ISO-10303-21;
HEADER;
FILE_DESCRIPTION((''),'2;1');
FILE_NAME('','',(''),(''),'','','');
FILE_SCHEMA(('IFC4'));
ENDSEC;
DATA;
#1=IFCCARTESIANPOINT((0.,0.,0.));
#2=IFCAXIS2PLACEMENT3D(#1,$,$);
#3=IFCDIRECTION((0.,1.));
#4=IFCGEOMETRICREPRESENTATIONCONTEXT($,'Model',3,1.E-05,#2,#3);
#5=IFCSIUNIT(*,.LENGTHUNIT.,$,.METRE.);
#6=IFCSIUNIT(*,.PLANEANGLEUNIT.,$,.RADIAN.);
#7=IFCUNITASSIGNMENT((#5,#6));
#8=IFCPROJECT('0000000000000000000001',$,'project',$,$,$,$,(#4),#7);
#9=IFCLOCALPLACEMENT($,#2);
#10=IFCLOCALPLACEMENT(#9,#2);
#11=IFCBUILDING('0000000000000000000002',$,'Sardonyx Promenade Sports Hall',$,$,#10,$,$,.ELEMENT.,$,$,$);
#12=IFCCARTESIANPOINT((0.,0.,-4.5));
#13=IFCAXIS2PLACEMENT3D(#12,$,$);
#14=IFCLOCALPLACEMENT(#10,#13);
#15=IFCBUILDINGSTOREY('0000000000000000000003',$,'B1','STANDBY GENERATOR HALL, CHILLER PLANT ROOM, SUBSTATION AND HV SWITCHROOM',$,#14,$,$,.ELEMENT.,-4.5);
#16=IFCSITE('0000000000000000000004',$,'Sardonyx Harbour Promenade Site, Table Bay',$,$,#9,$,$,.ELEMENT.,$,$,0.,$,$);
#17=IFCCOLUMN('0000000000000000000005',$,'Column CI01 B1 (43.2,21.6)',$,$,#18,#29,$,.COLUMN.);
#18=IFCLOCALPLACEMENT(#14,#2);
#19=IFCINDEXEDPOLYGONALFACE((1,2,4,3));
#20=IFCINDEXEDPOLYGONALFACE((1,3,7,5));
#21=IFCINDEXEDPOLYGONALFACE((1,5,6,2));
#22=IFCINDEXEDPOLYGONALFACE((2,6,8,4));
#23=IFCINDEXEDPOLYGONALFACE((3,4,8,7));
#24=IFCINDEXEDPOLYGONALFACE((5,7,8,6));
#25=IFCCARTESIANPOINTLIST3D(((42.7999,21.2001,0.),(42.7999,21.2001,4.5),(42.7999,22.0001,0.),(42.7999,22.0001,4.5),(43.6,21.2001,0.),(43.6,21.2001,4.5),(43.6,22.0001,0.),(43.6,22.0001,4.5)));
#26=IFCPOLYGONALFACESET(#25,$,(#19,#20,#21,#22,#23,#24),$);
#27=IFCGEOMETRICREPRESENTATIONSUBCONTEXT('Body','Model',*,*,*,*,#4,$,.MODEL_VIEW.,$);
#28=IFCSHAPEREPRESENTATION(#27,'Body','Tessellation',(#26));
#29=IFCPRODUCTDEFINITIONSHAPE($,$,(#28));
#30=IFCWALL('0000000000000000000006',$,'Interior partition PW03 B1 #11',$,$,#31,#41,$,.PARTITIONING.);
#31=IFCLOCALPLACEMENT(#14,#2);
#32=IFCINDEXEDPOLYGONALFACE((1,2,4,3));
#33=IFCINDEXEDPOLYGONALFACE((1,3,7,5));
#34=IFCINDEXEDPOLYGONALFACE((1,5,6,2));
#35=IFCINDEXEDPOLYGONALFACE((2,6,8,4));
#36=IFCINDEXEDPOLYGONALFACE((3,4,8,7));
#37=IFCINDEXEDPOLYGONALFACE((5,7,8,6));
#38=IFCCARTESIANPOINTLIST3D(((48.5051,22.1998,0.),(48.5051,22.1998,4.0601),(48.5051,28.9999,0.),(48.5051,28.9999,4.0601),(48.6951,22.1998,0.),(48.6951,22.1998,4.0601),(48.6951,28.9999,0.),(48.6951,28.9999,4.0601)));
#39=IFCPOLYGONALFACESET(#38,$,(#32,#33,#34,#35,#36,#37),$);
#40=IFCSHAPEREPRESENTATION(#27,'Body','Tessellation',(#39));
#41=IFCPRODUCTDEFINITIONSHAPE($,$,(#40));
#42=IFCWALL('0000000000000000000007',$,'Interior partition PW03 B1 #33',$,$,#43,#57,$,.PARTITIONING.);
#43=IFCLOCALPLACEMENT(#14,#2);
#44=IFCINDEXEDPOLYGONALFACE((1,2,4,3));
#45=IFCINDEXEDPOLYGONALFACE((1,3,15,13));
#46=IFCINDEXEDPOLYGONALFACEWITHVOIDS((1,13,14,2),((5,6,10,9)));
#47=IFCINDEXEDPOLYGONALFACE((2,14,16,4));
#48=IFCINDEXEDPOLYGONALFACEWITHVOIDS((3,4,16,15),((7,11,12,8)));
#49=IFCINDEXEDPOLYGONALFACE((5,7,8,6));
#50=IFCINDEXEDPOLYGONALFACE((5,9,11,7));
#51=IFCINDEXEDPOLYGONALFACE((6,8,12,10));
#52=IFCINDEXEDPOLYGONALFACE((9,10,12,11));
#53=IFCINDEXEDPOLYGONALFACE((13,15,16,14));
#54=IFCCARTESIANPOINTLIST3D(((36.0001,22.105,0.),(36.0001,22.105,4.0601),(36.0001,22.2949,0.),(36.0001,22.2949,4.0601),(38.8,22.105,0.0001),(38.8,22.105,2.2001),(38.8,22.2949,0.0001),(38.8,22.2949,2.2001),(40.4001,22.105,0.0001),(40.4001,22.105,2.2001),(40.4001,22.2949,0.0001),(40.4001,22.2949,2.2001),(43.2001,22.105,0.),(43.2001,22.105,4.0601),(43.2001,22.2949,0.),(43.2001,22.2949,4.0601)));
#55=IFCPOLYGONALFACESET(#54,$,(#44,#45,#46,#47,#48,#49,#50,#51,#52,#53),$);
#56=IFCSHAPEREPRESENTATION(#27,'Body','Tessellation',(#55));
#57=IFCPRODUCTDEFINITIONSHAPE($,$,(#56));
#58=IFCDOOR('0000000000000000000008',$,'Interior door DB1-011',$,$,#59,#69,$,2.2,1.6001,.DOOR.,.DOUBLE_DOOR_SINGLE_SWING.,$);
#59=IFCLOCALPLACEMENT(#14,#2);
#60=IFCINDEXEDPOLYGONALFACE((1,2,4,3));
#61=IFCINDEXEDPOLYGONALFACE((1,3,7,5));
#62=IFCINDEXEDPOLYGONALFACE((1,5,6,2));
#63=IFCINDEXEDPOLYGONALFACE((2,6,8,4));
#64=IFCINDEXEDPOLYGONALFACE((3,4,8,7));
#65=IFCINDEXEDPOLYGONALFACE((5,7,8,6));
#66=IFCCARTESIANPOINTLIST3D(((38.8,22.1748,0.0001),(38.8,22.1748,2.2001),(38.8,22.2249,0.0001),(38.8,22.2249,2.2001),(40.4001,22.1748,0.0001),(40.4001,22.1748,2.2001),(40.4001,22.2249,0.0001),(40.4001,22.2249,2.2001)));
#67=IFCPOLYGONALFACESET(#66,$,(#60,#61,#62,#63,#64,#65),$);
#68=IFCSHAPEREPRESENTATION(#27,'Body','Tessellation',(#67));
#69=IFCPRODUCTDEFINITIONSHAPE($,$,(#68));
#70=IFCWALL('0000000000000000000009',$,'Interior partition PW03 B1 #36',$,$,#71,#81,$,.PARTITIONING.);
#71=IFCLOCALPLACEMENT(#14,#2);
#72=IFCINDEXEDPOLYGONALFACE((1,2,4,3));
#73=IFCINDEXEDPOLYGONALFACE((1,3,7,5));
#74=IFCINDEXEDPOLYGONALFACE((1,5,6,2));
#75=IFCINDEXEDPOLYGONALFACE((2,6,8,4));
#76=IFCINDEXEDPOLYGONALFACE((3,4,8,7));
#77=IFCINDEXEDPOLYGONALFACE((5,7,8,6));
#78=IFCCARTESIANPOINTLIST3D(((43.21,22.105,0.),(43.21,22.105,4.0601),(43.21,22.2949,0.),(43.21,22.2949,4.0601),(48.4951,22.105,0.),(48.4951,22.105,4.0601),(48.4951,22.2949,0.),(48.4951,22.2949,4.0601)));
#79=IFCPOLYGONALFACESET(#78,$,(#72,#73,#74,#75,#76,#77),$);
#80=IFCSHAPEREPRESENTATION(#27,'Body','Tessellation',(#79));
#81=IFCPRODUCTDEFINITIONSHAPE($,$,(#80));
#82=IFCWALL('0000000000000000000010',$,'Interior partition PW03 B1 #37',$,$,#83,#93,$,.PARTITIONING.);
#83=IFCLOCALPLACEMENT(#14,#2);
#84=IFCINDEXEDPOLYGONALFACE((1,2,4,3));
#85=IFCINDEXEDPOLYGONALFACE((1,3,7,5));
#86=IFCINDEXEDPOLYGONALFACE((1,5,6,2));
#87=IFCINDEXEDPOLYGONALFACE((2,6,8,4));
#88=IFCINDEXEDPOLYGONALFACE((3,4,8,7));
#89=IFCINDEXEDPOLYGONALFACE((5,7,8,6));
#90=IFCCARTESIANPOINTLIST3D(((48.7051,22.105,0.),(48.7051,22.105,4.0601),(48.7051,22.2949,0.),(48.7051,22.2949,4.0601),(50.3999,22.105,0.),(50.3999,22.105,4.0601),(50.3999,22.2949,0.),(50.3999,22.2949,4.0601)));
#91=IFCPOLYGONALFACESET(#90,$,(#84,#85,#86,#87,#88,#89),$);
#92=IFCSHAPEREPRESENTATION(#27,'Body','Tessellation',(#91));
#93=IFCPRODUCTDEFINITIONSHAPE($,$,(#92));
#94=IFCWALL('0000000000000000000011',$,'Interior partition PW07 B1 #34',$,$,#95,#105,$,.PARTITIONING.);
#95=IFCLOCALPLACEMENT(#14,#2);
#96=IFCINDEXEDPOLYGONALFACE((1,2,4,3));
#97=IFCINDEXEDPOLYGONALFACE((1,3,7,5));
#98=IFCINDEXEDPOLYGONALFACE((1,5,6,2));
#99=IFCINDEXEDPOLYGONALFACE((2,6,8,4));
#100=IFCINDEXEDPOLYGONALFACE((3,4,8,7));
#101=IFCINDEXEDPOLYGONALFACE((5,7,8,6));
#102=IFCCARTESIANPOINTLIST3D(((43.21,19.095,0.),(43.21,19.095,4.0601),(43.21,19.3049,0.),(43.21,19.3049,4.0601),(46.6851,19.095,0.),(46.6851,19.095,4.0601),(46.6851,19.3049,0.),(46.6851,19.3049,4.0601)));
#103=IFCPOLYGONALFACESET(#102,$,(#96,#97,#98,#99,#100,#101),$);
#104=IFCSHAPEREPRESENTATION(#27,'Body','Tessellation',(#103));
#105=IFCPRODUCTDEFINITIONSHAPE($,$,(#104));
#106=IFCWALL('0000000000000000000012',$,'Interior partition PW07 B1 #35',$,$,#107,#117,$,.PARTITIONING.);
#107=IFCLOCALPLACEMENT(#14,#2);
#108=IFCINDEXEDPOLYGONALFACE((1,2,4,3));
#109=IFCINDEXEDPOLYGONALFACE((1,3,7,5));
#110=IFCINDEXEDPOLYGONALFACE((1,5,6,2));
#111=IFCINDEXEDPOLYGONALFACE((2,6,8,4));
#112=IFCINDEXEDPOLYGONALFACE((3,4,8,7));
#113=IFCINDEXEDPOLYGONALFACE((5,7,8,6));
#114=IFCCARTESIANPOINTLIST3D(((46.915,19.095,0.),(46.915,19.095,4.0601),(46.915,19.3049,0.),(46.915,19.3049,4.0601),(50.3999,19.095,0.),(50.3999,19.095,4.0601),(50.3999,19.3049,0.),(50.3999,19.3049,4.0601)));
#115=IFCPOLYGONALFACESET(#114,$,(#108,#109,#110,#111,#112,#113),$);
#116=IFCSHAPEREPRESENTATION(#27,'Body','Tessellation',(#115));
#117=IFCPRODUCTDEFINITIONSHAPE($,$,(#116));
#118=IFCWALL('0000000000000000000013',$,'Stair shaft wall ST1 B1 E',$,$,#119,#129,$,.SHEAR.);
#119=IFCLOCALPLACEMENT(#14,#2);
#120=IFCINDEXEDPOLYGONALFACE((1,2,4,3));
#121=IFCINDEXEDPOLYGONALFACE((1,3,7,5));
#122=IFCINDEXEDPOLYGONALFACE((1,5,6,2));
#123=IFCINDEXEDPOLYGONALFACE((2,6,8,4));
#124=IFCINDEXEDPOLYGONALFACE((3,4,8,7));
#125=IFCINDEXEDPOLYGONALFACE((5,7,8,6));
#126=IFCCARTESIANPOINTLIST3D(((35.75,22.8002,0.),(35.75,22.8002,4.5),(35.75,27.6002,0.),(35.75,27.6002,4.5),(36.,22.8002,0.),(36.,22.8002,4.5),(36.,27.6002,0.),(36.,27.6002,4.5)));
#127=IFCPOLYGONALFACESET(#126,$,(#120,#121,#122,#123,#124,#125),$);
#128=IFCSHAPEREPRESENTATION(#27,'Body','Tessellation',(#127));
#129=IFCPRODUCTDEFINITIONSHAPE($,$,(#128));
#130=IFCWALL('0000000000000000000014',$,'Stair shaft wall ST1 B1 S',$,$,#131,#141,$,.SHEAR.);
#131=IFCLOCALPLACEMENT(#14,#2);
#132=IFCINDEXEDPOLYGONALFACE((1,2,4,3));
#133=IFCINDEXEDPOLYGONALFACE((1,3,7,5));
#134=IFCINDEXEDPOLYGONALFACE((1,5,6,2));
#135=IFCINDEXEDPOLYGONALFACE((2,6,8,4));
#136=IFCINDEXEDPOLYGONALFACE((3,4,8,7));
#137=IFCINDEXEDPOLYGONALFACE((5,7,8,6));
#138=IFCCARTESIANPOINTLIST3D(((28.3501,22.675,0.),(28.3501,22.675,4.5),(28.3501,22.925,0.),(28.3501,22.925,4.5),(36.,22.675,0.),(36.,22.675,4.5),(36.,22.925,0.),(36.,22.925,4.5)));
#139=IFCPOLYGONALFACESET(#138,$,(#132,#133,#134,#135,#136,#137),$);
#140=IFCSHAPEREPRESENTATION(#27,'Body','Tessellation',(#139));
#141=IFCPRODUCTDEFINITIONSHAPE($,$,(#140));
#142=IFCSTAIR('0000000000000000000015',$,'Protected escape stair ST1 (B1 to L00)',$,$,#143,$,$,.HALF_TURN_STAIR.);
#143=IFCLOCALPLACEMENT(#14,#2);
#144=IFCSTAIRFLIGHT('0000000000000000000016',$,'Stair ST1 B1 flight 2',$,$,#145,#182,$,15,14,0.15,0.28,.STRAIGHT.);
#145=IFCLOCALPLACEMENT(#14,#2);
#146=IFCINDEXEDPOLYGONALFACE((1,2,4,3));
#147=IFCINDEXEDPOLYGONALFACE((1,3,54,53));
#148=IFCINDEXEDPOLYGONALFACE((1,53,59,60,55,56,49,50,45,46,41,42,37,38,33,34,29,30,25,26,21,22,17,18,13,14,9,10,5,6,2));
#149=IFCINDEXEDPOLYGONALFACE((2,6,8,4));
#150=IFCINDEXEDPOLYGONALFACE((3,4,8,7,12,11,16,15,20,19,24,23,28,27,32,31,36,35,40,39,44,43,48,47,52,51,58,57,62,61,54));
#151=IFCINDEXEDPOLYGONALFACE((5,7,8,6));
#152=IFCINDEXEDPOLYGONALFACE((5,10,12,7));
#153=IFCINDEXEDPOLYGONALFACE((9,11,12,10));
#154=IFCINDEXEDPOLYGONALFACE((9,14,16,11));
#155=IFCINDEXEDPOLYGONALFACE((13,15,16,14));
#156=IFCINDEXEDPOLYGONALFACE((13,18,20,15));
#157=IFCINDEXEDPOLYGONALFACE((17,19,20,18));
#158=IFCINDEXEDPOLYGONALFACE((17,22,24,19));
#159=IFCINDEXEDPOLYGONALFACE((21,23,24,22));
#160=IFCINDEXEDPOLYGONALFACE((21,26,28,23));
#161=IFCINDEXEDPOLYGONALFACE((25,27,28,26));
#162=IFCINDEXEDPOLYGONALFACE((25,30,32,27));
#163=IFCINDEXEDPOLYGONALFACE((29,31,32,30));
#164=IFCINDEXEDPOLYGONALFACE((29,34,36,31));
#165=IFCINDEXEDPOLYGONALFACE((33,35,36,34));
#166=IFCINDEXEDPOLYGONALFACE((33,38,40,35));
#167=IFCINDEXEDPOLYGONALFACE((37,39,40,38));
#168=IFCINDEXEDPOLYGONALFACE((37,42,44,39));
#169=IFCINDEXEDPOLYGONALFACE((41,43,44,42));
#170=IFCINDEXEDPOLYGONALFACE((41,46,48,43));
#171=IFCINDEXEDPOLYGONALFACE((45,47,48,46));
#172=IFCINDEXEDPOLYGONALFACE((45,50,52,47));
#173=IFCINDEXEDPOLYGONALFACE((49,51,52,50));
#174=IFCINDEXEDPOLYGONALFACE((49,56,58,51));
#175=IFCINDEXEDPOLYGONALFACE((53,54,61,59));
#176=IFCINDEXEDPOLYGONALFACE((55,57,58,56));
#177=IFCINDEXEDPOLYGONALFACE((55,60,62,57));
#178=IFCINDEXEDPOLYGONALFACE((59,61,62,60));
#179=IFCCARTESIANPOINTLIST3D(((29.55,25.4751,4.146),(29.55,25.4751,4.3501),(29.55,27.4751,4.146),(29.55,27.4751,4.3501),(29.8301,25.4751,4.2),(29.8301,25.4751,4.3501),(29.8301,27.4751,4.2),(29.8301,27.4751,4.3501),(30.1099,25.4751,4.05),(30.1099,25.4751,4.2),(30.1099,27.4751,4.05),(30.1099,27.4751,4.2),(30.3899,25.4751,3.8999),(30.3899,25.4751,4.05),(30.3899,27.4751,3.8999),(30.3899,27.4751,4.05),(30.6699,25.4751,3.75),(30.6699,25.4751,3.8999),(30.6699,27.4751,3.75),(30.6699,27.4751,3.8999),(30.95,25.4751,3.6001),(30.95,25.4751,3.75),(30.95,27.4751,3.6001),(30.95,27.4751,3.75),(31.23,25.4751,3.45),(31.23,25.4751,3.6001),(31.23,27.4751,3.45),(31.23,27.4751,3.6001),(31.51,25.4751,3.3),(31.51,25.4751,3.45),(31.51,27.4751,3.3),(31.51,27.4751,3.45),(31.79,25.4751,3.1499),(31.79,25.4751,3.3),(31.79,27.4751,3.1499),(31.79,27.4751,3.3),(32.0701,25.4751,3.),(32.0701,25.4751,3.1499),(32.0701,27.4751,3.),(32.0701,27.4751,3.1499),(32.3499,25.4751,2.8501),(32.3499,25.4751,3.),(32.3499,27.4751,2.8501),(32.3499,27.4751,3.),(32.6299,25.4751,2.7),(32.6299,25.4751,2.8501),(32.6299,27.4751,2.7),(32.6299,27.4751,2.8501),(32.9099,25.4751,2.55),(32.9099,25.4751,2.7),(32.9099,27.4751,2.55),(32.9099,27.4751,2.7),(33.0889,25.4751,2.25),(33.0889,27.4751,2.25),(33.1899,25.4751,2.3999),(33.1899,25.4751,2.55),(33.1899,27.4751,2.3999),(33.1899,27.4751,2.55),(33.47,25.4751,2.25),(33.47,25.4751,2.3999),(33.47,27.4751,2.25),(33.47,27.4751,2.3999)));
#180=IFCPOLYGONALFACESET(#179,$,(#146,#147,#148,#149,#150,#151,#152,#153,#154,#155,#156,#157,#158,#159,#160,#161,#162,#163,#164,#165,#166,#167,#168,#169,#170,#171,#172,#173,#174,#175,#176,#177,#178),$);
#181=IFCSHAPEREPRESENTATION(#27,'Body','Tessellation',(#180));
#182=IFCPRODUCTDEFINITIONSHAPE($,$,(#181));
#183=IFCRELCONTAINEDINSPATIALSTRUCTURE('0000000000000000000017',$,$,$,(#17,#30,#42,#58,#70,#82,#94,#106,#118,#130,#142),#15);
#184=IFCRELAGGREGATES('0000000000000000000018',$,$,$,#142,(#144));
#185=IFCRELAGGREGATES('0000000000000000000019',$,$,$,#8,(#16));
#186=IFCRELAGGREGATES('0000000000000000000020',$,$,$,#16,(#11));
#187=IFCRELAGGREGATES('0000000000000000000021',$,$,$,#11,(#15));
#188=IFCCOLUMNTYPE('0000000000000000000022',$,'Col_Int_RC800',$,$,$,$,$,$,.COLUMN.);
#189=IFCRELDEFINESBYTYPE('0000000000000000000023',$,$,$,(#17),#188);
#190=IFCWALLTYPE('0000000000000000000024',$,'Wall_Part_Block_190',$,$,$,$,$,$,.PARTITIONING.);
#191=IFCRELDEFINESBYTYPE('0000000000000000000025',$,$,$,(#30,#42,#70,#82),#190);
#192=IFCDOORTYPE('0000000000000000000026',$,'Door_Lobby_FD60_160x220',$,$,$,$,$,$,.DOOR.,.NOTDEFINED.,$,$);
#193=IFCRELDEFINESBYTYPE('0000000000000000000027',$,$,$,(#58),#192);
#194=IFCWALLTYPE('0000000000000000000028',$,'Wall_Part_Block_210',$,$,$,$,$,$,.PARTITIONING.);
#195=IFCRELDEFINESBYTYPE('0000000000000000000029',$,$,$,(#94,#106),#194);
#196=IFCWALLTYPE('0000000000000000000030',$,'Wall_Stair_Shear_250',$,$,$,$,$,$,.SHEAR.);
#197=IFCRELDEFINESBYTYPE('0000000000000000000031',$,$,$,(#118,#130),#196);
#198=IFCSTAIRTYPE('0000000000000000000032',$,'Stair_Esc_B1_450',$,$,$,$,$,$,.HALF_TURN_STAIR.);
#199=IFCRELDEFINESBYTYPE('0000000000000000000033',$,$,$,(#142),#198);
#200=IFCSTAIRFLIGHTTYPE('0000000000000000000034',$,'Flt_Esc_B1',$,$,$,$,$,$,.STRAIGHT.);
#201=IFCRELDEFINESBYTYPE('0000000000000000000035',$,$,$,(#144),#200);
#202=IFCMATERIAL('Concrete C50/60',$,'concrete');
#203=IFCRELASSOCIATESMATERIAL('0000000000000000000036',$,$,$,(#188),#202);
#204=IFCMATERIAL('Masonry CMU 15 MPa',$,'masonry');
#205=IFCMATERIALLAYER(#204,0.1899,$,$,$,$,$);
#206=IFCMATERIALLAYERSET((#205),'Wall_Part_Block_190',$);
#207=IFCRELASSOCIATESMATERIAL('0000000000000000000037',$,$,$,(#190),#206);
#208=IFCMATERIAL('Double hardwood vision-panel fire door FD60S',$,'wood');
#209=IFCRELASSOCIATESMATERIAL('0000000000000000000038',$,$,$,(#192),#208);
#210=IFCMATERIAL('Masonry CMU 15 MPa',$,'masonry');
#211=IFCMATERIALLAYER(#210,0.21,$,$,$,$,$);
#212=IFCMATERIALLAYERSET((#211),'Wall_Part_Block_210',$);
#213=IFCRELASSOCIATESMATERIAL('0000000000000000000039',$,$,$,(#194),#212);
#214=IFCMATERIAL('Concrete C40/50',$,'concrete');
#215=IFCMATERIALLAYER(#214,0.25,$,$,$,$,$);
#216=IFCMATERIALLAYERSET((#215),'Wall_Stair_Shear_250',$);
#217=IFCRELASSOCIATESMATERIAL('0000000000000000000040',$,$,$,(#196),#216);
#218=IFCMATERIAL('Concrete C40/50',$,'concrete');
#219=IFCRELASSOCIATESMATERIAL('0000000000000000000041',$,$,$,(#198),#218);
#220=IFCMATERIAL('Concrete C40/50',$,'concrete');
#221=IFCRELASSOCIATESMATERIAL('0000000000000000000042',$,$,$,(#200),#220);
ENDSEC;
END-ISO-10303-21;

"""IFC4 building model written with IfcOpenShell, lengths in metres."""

from ifc_helpers import new_model, si_unit, direction, frame, frame_2d, origin, origin_2d, place, context, subcontext, project, spatial, polyline, rectangle, outline, extrude, material, layer, layer_set, material_profile, profile_set, type_object, element, fill, aggregate, save


model = new_model("IFC4")

# Units and contexts
model_context = context("Model", 3, precision=1e-05, world=origin(), true_north=direction((0.0, 1.0)))
body_context = subcontext(model_context, "Body", "Model", "MODEL_VIEW")
ifc_project = project(units=[si_unit("LENGTHUNIT", "METRE"), si_unit("PLANEANGLEUNIT", "RADIAN")], contexts=[model_context])

# Site, building, storey
site_placement = place(None, origin())
site = spatial("IfcSite", under=ifc_project, at=site_placement, Name="Sardonyx Harbour Promenade Site, Table Bay", CompositionType="ELEMENT", RefElevation=0.0)
building_placement = place(site_placement, origin())
building = spatial("IfcBuilding", under=site, at=building_placement, Name="Sardonyx Promenade Sports Hall", CompositionType="ELEMENT")
storey_placement = place(building_placement, frame((0.0, 0.0, -4.5)))
storey = spatial("IfcBuildingStorey", under=building, at=storey_placement, Name="B1", Description="STANDBY GENERATOR HALL, CHILLER PLANT ROOM, SUBSTATION AND HV SWITCHROOM", CompositionType="ELEMENT", Elevation=-4.5)

# Column
ifc_material_1 = material(Name="Concrete C50/60", Category="concrete")
ifc_material_profile_1 = material_profile(ifc_material_1, rectangle(XDim=0.8, YDim=0.8, at=origin_2d()))
ifc_profile_set_1 = profile_set([ifc_material_profile_1], Name="Concrete C50/60")
column_type = type_object("IfcColumnType", Name="Col_Int_RC800", PredefinedType="COLUMN", material=ifc_profile_set_1)
for number, where, z_axis, x_axis, name in (
    (1, (43.2, 21.6001, 0.0), (0.0, 0.0, 1.0), (1.0, 0.0, 0.0), "Column CI01 B1 (43.2,21.6)"),
):
    element("IfcColumn", number, at=place(storey_placement, frame(where, z_axis=z_axis, x_axis=x_axis)), inside=storey, type_object=column_type, Name=name, PredefinedType="COLUMN", context=body_context, shape_type="SweptSolid", body=[
        extrude(rectangle(XDim=0.8, YDim=0.8, at=origin_2d()), origin(), (0.0, 0.0, 1.0), 4.5),
    ])

# Wall
ifc_material_2 = material(Name="Masonry CMU 15 MPa", Category="masonry")
ifc_layer_1 = layer(ifc_material_2, 0.1899)
ifc_layer_set_1 = layer_set([ifc_layer_1], Name="Wall_Part_Block_190")
wall_type_1 = type_object("IfcWallType", Name="Wall_Part_Block_190", PredefinedType="PARTITIONING", material=ifc_layer_set_1)
wall_1_placement = place(storey_placement, frame((48.6001, 22.2, 0.0), z_axis=(0.0, 0.0, 1.0), x_axis=(0.0, 1.0, 0.0)))
element("IfcWall", 2, at=wall_1_placement, inside=storey, type_object=wall_type_1, Name="Interior partition PW03 B1 #11", PredefinedType="PARTITIONING", context=body_context, shape_type="SweptSolid", body=[
    extrude(rectangle(XDim=6.8, YDim=0.1899, at=frame_2d((3.3999, 0.0))), origin(), (0.0, 0.0, 1.0), 4.0601),
])

# Wall, opening, door
wall_2_placement = place(storey_placement, frame((36.0, 22.2, 0.0), z_axis=(0.0, 0.0, 1.0), x_axis=(1.0, 0.0, 0.0)))
wall_2 = element("IfcWall", 3, at=wall_2_placement, inside=storey, type_object=wall_type_1, Name="Interior partition PW03 B1 #33", PredefinedType="PARTITIONING", context=body_context, shape_type="SweptSolid", body=[
    extrude(rectangle(XDim=7.2, YDim=0.1899, at=frame_2d((3.6001, 0.0))), origin(), (0.0, 0.0, 1.0), 4.0601),
])
opening_1_placement = place(wall_2_placement, frame((2.8, 0.0, 0.0)))
opening_1 = element("IfcOpeningElement", 4, at=opening_1_placement, cuts=wall_2, PredefinedType="OPENING", context=body_context, shape_type="SweptSolid", body=[
    extrude(rectangle(XDim=1.6001, YDim=2.2, at=frame_2d((0.8, 1.1001))), frame((0.0, 0.105, 0.0), z_axis=(0.0, -1.0, 0.0), x_axis=(1.0, 0.0, 0.0)), (0.0, 0.0, 1.0), 0.21),
])
ifc_material_3 = material(Name="Double hardwood vision-panel fire door FD60S", Category="wood")
door_type_1 = type_object("IfcDoorType", Name="Door_Lobby_FD60_160x220", OperationType="NOTDEFINED", PredefinedType="DOOR", material=ifc_material_3)
door_1_placement = place(opening_1_placement, origin())
door_1 = element("IfcDoor", 5, at=door_1_placement, inside=storey, type_object=door_type_1, Name="Interior door DB1-011", OperationType="DOUBLE_DOOR_SINGLE_SWING", OverallHeight=2.2, OverallWidth=1.6001, PredefinedType="DOOR", context=body_context, shape_type="SweptSolid", body=[
    extrude(rectangle(XDim=1.6001, YDim=2.2, at=frame_2d((0.8, 1.1001))), frame((0.0, 0.0249, 0.0), z_axis=(0.0, -1.0, 0.0), x_axis=(1.0, 0.0, 0.0)), (0.0, 0.0, 1.0), 0.05),
])
fill(opening_1, door_1)

# Walls
wall_3_placement = place(storey_placement, frame((43.21, 22.2, 0.0), z_axis=(0.0, 0.0, 1.0), x_axis=(1.0, 0.0, 0.0)))
element("IfcWall", 6, at=wall_3_placement, inside=storey, type_object=wall_type_1, Name="Interior partition PW03 B1 #36", PredefinedType="PARTITIONING", context=body_context, shape_type="SweptSolid", body=[
    extrude(rectangle(XDim=5.2852, YDim=0.1899, at=frame_2d((2.6426, 0.0))), origin(), (0.0, 0.0, 1.0), 4.0601),
])
wall_4_placement = place(storey_placement, frame((48.7051, 22.2, 0.0), z_axis=(0.0, 0.0, 1.0), x_axis=(1.0, 0.0, 0.0)))
element("IfcWall", 7, at=wall_4_placement, inside=storey, type_object=wall_type_1, Name="Interior partition PW03 B1 #37", PredefinedType="PARTITIONING", context=body_context, shape_type="SweptSolid", body=[
    extrude(rectangle(XDim=1.6948, YDim=0.1899, at=frame_2d((0.8474, 0.0))), origin(), (0.0, 0.0, 1.0), 4.0601),
])

# Shared definitions
ifc_material_4 = material(Name="Masonry CMU 15 MPa", Category="masonry")
ifc_layer_2 = layer(ifc_material_4, 0.21)
ifc_layer_set_2 = layer_set([ifc_layer_2], Name="Wall_Part_Block_210")
wall_type_2 = type_object("IfcWallType", Name="Wall_Part_Block_210", PredefinedType="PARTITIONING", material=ifc_layer_set_2)

# Walls
wall_5_placement = place(storey_placement, frame((43.21, 19.2, 0.0), z_axis=(0.0, 0.0, 1.0), x_axis=(1.0, 0.0, 0.0)))
element("IfcWall", 8, at=wall_5_placement, inside=storey, type_object=wall_type_2, Name="Interior partition PW07 B1 #34", PredefinedType="PARTITIONING", context=body_context, shape_type="SweptSolid", body=[
    extrude(rectangle(XDim=3.4751, YDim=0.21, at=frame_2d((1.7375, 0.0))), origin(), (0.0, 0.0, 1.0), 4.0601),
])
wall_6_placement = place(storey_placement, frame((46.915, 19.2, 0.0), z_axis=(0.0, 0.0, 1.0), x_axis=(1.0, 0.0, 0.0)))
element("IfcWall", 9, at=wall_6_placement, inside=storey, type_object=wall_type_2, Name="Interior partition PW07 B1 #35", PredefinedType="PARTITIONING", context=body_context, shape_type="SweptSolid", body=[
    extrude(rectangle(XDim=3.4849, YDim=0.21, at=frame_2d((1.7424, 0.0))), origin(), (0.0, 0.0, 1.0), 4.0601),
])
ifc_material_5 = material(Name="Concrete C40/50", Category="concrete")
ifc_layer_3 = layer(ifc_material_5, 0.25)
ifc_layer_set_3 = layer_set([ifc_layer_3], Name="Wall_Stair_Shear_250")
wall_type_3 = type_object("IfcWallType", Name="Wall_Stair_Shear_250", PredefinedType="SHEAR", material=ifc_layer_set_3)
wall_7_placement = place(storey_placement, frame((35.875, 27.6001, 0.0), z_axis=(0.0, 0.0, 1.0), x_axis=(0.0, -1.0, 0.0)))
element("IfcWall", 10, at=wall_7_placement, inside=storey, type_object=wall_type_3, Name="Stair shaft wall ST1 B1 E", PredefinedType="SHEAR", context=body_context, shape_type="SweptSolid", body=[
    extrude(rectangle(XDim=4.8, YDim=0.25, at=frame_2d((2.3999, 0.0))), origin(), (0.0, 0.0, 1.0), 4.5),
])
wall_8_placement = place(storey_placement, frame((36.0, 22.8, 0.0), z_axis=(0.0, 0.0, 1.0), x_axis=(-1.0, 0.0, 0.0)))
element("IfcWall", 11, at=wall_8_placement, inside=storey, type_object=wall_type_3, Name="Stair shaft wall ST1 B1 S", PredefinedType="SHEAR", context=body_context, shape_type="SweptSolid", body=[
    extrude(rectangle(XDim=7.6499, YDim=0.25, at=frame_2d((3.825, 0.0))), origin(), (0.0, 0.0, 1.0), 4.5),
])

# Stair, stair flight
ifc_material_6 = material(Name="Concrete C40/50", Category="concrete")
stair_type = type_object("IfcStairType", Name="Stair_Esc_B1_450", PredefinedType="HALF_TURN_STAIR", material=ifc_material_6)
stair_placement = place(storey_placement, origin())
stair = element("IfcStair", 12, at=stair_placement, inside=storey, type_object=stair_type, Name="Protected escape stair ST1 (B1 to L00)", PredefinedType="HALF_TURN_STAIR")
ifc_material_7 = material(Name="Concrete C40/50", Category="concrete")
stair_flight_type = type_object("IfcStairFlightType", Name="Flt_Esc_B1", PredefinedType="STRAIGHT", material=ifc_material_7)
stair_flight_placement = place(storey_placement, frame((33.47, 26.4751, 2.25), z_axis=(0.0, 0.0, 1.0), x_axis=(-1.0, 0.0, 0.0)))
stair_flight = element("IfcStairFlight", 13, at=stair_flight_placement, type_object=stair_flight_type, Name="Stair ST1 B1 flight 2", NumberOfRisers=15, NumberOfTreads=14, PredefinedType="STRAIGHT", RiserHeight=0.15, TreadLength=0.28, context=body_context, shape_type="SweptSolid", body=[
    extrude(outline(polyline([(0.0, 0.0), (0.0, 0.1499), (0.28, 0.1499), (0.28, 0.3), (0.5601, 0.3), (0.5601, 0.45), (0.8401, 0.45), (0.8401, 0.6001), (1.1201, 0.6001), (1.1201, 0.75), (1.3999, 0.75), (1.3999, 0.8999), (1.6799, 0.8999), (1.6799, 1.05), (1.96, 1.05), (1.96, 1.2), (2.24, 1.2), (2.24, 1.3501), (2.52, 1.3501), (2.52, 1.5), (2.8, 1.5), (2.8, 1.6499), (3.0801, 1.6499), (3.0801, 1.8), (3.3601, 1.8), (3.3601, 1.95), (3.6399, 1.95), (3.6399, 2.1001), (3.9199, 2.1001), (3.9199, 2.25), (3.9199, 1.896), (0.3811, 0.0), (0.0, 0.0)])), frame((0.0, 1.0, 0.0), z_axis=(0.0, -1.0, 0.0), x_axis=(1.0, 0.0, 0.0)), (0.0, 0.0, 1.0), 2.0),
])
aggregate(stair, [stair_flight])

save(model, "model.ifc")
